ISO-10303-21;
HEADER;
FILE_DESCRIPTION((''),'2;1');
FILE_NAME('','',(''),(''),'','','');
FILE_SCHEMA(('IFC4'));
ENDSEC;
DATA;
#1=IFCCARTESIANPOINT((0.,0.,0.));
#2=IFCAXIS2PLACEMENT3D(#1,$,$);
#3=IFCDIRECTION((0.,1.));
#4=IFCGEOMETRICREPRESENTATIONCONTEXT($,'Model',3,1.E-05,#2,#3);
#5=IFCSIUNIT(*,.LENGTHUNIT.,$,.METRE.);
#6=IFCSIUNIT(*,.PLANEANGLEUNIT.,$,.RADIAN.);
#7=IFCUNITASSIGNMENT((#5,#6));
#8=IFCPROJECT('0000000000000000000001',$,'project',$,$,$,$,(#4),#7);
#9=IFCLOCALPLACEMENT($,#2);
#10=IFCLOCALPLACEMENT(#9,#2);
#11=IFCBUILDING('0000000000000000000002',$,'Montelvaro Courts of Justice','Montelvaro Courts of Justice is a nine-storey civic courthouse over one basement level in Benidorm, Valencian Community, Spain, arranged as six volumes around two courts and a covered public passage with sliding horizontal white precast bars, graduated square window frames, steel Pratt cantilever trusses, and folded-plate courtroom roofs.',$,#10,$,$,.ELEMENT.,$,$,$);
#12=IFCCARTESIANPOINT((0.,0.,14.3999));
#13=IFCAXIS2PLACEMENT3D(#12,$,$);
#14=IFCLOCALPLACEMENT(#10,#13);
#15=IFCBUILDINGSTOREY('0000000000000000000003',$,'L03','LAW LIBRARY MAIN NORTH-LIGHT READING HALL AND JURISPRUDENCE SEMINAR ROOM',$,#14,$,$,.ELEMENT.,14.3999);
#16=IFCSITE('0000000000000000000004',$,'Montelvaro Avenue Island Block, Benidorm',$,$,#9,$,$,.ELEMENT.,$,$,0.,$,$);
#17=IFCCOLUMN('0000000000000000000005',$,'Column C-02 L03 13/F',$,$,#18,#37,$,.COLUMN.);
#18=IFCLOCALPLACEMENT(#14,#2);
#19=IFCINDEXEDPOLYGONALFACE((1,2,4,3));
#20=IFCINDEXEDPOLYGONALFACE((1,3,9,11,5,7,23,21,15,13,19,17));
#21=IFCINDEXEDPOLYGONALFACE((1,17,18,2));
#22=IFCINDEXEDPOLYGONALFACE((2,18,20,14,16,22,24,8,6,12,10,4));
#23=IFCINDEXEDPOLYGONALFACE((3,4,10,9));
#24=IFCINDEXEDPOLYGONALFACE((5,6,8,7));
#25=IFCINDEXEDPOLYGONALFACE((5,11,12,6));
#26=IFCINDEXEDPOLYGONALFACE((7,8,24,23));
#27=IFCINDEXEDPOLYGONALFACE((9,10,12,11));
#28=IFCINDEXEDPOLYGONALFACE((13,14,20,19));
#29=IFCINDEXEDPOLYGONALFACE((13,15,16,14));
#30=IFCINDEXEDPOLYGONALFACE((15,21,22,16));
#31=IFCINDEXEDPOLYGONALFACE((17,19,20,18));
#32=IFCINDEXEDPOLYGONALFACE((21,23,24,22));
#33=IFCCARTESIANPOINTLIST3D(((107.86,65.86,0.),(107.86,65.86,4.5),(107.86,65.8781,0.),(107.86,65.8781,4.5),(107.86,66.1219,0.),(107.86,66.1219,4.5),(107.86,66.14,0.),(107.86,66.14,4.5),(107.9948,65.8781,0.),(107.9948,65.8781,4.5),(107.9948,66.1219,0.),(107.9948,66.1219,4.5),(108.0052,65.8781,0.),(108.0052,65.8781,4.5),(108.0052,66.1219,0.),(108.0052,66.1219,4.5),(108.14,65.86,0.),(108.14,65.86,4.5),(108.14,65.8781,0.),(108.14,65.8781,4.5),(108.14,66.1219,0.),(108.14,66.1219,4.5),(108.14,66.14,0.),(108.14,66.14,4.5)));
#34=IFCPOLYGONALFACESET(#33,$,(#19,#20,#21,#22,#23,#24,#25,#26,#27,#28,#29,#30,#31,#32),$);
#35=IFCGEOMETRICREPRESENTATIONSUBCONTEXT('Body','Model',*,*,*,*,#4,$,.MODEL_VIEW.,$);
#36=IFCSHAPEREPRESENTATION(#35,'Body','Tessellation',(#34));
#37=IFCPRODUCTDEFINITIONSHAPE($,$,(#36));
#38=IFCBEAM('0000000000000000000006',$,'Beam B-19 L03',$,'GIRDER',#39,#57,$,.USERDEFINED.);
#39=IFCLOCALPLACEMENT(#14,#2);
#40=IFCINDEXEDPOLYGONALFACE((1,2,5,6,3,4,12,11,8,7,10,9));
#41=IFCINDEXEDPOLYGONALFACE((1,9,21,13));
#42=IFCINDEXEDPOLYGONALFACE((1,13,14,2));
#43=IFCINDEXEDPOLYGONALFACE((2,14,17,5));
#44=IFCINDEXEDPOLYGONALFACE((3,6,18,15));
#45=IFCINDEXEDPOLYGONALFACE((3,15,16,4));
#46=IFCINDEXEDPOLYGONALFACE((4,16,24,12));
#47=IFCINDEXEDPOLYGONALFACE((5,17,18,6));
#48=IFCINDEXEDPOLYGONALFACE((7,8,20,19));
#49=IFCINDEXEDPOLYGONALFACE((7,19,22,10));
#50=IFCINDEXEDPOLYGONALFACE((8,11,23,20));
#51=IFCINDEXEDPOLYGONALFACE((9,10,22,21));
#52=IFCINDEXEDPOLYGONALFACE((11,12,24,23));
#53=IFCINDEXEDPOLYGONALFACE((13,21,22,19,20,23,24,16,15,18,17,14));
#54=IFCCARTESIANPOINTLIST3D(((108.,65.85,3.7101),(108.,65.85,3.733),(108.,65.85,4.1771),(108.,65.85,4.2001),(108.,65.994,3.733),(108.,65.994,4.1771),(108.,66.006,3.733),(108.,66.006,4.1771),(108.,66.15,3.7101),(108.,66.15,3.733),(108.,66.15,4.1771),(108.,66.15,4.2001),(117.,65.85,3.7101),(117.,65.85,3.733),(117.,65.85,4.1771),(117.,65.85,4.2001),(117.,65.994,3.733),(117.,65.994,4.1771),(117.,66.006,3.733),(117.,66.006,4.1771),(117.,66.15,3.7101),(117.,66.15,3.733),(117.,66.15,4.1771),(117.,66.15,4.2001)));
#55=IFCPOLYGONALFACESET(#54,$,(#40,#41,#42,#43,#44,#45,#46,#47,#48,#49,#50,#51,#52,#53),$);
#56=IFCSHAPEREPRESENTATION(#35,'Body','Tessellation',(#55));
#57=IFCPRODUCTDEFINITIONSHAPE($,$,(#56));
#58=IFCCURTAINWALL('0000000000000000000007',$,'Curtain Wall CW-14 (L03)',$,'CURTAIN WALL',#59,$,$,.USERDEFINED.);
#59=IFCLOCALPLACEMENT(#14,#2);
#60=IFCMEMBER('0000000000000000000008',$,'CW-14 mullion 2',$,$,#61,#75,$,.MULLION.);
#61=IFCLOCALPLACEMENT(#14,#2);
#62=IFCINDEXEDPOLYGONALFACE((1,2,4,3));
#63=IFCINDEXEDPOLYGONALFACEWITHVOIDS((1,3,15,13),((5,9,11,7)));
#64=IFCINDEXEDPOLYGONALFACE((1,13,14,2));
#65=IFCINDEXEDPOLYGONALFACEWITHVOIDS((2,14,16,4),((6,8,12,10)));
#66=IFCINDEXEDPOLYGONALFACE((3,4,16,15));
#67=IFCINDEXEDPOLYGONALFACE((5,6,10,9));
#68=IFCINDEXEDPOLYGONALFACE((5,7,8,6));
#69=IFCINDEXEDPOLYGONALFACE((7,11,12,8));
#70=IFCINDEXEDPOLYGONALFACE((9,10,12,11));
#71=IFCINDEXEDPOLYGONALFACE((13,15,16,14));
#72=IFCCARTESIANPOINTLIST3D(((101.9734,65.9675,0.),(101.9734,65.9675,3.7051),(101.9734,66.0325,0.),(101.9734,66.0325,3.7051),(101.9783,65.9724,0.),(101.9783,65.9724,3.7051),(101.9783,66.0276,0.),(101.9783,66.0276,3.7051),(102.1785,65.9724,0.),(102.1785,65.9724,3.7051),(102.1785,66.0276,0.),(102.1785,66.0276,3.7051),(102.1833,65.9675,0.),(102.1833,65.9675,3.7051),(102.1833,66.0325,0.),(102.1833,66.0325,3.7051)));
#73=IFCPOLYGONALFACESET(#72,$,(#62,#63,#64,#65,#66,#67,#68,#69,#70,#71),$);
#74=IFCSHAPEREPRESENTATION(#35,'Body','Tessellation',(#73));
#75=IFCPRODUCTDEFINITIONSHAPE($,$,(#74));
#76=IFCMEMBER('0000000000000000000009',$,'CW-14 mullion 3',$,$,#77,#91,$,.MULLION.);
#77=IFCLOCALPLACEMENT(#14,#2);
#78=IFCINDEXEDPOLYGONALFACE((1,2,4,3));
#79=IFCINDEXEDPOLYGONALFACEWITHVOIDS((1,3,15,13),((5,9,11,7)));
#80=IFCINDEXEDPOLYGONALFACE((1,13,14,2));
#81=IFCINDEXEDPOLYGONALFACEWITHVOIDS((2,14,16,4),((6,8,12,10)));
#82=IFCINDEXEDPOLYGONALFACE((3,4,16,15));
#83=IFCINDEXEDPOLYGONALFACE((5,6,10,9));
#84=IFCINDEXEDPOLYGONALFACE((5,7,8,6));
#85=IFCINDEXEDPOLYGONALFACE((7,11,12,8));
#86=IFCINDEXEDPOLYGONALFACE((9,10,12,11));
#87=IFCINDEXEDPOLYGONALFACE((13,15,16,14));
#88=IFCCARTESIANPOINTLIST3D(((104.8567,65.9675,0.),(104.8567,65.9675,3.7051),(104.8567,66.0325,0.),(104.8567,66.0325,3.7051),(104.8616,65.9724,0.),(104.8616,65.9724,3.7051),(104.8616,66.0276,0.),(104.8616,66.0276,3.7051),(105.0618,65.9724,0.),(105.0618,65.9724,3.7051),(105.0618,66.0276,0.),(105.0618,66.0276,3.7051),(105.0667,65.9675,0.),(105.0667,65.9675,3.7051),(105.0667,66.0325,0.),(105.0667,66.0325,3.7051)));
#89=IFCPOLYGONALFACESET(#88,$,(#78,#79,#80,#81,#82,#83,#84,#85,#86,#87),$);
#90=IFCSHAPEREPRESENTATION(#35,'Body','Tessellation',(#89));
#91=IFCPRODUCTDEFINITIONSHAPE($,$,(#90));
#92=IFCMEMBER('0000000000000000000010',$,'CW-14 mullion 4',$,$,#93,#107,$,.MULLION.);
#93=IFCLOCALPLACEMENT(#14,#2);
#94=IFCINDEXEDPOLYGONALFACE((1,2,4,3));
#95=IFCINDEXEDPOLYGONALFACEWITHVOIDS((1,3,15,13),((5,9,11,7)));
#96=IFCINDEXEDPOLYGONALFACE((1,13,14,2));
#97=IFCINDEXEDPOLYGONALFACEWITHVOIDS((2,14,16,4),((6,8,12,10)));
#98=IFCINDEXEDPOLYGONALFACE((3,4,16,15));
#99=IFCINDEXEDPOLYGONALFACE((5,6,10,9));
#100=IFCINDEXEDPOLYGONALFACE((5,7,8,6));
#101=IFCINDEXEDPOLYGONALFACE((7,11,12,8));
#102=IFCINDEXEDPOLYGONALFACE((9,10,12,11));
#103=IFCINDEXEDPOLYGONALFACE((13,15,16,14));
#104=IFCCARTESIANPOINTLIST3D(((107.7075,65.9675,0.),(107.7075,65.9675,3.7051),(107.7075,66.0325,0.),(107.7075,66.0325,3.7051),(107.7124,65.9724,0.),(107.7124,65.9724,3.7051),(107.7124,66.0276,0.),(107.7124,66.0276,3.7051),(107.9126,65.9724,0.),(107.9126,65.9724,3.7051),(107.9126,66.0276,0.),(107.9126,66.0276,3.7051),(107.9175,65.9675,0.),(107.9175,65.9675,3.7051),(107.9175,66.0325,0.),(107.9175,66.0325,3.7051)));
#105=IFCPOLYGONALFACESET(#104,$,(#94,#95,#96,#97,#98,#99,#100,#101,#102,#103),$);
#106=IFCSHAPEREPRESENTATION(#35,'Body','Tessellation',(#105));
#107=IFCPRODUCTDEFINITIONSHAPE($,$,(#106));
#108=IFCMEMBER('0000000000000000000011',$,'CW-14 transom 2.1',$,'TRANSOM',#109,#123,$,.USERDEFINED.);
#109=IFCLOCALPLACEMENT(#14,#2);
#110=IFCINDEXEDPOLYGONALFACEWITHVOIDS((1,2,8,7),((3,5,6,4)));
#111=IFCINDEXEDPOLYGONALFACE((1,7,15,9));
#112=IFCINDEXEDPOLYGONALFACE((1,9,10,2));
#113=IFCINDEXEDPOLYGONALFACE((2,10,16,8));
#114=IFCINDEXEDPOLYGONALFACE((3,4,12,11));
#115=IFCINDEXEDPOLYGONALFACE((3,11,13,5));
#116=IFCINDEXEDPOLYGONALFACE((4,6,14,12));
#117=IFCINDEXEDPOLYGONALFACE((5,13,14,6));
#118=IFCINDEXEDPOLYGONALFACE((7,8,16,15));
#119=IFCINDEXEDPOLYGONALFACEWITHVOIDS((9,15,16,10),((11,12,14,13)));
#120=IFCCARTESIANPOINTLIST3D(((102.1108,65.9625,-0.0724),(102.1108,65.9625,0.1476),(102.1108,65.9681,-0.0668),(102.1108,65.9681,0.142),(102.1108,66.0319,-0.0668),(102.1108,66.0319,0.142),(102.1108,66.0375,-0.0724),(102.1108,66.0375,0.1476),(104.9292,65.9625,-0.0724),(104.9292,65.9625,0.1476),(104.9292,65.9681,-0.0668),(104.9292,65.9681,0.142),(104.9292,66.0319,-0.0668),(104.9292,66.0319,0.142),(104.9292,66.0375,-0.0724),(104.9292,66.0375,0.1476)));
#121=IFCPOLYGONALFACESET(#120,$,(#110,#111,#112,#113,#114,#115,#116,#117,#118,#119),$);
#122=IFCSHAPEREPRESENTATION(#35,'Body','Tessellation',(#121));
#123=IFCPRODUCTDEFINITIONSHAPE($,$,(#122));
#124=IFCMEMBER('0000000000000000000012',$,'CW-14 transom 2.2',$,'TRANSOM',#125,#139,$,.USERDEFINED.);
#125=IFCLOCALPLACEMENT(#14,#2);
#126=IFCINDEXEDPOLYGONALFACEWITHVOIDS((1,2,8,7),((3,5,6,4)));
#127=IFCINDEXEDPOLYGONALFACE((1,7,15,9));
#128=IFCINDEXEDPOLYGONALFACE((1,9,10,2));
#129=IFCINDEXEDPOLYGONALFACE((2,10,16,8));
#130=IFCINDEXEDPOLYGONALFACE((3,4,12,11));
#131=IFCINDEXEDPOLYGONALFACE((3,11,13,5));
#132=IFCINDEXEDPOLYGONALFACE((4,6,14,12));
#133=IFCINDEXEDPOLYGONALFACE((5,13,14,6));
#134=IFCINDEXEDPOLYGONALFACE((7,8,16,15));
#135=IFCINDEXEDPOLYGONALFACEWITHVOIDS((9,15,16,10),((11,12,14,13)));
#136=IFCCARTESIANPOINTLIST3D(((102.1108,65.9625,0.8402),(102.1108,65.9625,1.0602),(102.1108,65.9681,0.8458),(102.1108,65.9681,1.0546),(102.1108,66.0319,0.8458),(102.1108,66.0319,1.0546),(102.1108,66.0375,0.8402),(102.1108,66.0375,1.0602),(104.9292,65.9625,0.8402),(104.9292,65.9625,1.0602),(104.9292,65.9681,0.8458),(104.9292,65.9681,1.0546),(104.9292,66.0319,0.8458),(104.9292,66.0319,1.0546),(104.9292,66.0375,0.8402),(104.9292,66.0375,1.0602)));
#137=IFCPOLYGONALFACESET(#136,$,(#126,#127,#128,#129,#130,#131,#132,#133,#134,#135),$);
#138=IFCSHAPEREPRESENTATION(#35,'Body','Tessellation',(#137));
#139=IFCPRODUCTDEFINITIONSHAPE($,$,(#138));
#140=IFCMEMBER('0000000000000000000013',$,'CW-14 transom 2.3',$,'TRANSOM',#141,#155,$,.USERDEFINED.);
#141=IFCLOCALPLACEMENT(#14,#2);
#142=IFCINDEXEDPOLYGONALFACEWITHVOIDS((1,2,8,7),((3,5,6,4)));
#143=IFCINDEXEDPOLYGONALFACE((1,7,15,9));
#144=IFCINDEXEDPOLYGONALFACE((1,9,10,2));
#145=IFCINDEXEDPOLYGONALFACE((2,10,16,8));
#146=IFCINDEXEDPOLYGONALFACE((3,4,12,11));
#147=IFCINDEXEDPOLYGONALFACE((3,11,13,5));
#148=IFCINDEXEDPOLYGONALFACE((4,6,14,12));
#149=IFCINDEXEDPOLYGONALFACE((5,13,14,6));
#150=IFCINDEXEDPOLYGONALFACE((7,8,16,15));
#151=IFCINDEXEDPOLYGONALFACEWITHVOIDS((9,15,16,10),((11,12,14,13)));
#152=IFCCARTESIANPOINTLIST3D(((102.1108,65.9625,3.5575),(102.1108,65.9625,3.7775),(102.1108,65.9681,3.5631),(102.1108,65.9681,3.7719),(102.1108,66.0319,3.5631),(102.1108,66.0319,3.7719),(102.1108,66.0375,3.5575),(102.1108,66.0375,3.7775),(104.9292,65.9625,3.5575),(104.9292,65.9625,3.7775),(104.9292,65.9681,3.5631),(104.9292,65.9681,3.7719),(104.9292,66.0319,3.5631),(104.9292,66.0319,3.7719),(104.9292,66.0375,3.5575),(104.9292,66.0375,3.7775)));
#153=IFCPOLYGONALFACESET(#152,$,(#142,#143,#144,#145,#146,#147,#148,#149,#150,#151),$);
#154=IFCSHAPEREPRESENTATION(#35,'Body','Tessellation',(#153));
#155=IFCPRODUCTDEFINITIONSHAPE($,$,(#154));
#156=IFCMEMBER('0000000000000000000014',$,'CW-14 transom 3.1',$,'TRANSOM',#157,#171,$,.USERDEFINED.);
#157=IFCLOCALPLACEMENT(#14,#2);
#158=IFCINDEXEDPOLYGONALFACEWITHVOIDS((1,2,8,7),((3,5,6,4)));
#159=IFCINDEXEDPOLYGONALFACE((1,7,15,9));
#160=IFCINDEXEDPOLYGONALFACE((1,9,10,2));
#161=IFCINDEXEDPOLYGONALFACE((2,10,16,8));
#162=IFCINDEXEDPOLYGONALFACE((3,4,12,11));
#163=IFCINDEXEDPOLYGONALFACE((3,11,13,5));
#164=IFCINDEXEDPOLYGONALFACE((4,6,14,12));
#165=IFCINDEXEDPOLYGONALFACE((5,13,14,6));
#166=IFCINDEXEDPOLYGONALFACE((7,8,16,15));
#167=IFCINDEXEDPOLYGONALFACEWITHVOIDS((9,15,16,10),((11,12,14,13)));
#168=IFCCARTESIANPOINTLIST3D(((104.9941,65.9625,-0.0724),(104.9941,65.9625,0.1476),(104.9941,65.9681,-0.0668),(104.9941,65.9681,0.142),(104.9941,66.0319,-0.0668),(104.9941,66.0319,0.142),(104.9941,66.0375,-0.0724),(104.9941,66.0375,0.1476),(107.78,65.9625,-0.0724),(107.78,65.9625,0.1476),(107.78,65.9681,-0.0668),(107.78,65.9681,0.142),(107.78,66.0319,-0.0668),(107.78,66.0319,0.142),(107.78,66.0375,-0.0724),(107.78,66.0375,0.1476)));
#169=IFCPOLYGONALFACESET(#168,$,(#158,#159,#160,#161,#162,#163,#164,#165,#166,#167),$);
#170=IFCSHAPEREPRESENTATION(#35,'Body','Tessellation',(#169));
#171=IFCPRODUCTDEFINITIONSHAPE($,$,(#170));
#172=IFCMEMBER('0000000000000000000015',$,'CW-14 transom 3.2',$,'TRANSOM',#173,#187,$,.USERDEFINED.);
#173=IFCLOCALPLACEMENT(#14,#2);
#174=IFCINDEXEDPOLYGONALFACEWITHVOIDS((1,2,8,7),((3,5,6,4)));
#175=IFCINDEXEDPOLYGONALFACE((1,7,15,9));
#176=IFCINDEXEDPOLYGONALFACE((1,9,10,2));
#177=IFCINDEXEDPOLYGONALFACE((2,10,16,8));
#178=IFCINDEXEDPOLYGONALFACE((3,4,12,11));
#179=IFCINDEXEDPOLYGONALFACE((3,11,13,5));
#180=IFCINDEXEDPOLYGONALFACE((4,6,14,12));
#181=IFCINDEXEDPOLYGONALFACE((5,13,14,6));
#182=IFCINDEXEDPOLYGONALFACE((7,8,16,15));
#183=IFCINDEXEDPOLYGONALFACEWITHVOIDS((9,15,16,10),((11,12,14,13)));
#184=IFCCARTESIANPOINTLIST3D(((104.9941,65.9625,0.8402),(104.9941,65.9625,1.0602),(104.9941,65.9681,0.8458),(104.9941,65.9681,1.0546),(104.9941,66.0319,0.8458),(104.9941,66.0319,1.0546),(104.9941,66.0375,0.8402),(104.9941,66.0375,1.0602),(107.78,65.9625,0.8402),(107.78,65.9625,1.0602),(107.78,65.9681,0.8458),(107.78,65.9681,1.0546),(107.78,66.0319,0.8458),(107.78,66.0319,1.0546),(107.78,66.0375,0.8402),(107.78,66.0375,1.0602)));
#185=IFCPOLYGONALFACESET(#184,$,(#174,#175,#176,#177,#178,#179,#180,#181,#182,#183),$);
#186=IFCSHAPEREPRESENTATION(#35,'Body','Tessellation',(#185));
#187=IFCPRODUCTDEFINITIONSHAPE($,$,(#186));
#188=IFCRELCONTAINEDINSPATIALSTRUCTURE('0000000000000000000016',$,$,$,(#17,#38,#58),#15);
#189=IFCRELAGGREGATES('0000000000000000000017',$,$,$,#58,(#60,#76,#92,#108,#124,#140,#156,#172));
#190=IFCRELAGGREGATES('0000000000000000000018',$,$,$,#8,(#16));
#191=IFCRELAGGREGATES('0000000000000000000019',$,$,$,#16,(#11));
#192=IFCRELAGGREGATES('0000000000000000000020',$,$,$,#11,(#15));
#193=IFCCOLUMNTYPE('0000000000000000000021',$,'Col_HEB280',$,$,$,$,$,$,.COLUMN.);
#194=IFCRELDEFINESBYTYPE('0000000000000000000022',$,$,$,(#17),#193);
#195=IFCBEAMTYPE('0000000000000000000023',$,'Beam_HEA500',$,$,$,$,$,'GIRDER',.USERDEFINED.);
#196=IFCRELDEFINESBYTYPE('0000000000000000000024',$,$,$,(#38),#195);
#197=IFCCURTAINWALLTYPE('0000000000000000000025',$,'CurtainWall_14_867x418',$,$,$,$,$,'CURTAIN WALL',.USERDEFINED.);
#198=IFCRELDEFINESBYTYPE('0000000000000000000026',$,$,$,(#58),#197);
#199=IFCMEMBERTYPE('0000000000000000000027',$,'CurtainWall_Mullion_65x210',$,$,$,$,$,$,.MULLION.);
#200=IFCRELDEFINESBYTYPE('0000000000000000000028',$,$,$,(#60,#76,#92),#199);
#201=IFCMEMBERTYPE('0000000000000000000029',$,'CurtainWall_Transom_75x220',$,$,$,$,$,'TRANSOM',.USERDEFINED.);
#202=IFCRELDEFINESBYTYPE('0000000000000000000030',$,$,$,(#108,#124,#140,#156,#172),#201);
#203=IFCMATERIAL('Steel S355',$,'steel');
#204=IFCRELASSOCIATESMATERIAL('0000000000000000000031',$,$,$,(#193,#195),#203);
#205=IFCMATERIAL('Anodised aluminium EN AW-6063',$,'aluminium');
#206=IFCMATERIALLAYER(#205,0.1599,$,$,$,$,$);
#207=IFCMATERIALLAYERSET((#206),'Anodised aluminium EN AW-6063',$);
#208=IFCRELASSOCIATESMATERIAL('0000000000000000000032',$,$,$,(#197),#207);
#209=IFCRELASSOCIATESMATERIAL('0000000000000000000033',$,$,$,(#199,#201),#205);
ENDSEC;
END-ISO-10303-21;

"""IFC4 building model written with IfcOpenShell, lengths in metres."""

from ifc_helpers import new_model, si_unit, direction, frame, origin, origin_2d, place, context, subcontext, project, spatial, hollow_rectangle, i_section, extrude, material, layer, layer_set, material_profile, profile_set, type_object, element, aggregate, save


model = new_model("IFC4")

# Units and contexts
model_context = context("Model", 3, precision=1e-05, world=origin(), true_north=direction((0.0, 1.0)))
body_context = subcontext(model_context, "Body", "Model", "MODEL_VIEW")
ifc_project = project(units=[si_unit("LENGTHUNIT", "METRE"), si_unit("PLANEANGLEUNIT", "RADIAN")], contexts=[model_context])

# Site, building, storey
site_placement = place(None, origin())
site = spatial("IfcSite", under=ifc_project, at=site_placement, Name="Montelvaro Avenue Island Block, Benidorm", CompositionType="ELEMENT", RefElevation=0.0)
building_placement = place(site_placement, origin())
building = spatial("IfcBuilding", under=site, at=building_placement, Name="Montelvaro Courts of Justice", Description="Montelvaro Courts of Justice is a nine-storey civic courthouse over one basement level in Benidorm, Valencian Community, Spain, arranged as six volumes around two courts and a covered public passage with sliding horizontal white precast bars, graduated square window frames, steel Pratt cantilever trusses, and folded-plate courtroom roofs.", CompositionType="ELEMENT")
storey_placement = place(building_placement, frame((0.0, 0.0, 14.3999)))
storey = spatial("IfcBuildingStorey", under=building, at=storey_placement, Name="L03", Description="LAW LIBRARY MAIN NORTH-LIGHT READING HALL AND JURISPRUDENCE SEMINAR ROOM", CompositionType="ELEMENT", Elevation=14.3999)

# Column
ifc_material_1 = material(Name="Steel S355", Category="steel")
ifc_material_profile_1 = material_profile(ifc_material_1, i_section(OverallWidth=0.28, OverallDepth=0.28, WebThickness=0.0105, FlangeThickness=0.0181, at=origin_2d()), Name="HEB 280")
ifc_profile_set_1 = profile_set([ifc_material_profile_1], Name="Steel S355")
column_type = type_object("IfcColumnType", Name="Col_HEB280", PredefinedType="COLUMN", material=ifc_profile_set_1)
column_placement = place(storey_placement, frame((108.0, 66.0, 0.0), z_axis=(0.0, 0.0, 1.0), x_axis=(1.0, 0.0, 0.0)))
element("IfcColumn", 1, at=column_placement, inside=storey, type_object=column_type, Name="Column C-02 L03 13/F", PredefinedType="COLUMN", context=body_context, shape_type="SweptSolid", body=[
    extrude(i_section(OverallWidth=0.28, OverallDepth=0.28, WebThickness=0.0105, FlangeThickness=0.0181, at=origin_2d()), origin(), (0.0, 0.0, 1.0), 4.5),
])

# Beam
ifc_material_profile_2 = material_profile(ifc_material_1, i_section(OverallWidth=0.3, OverallDepth=0.49, WebThickness=0.012, FlangeThickness=0.0229, at=origin_2d()), Name="HEA 500")
ifc_profile_set_2 = profile_set([ifc_material_profile_2], Name="Steel S355")
beam_type = type_object("IfcBeamType", Name="Beam_HEA500", ElementType="GIRDER", PredefinedType="USERDEFINED", material=ifc_profile_set_2)
beam_placement = place(storey_placement, frame((108.0, 66.0, 3.9551), z_axis=(1.0, 0.0, 0.0), x_axis=(0.0, 1.0, 0.0)))
element("IfcBeam", 2, at=beam_placement, inside=storey, type_object=beam_type, Name="Beam B-19 L03", ObjectType="GIRDER", PredefinedType="USERDEFINED", context=body_context, shape_type="SweptSolid", body=[
    extrude(i_section(OverallWidth=0.3, OverallDepth=0.49, WebThickness=0.012, FlangeThickness=0.0229, at=origin_2d()), origin(), (0.0, 0.0, 1.0), 9.0),
])

# Curtain wall, members
ifc_material_2 = material(Name="Anodised aluminium EN AW-6063", Category="aluminium")
ifc_layer_1 = layer(ifc_material_2, 0.1599)
ifc_layer_set_1 = layer_set([ifc_layer_1], Name="Anodised aluminium EN AW-6063")
curtain_wall_type = type_object("IfcCurtainWallType", Name="CurtainWall_14_867x418", ElementType="CURTAIN WALL", PredefinedType="USERDEFINED", material=ifc_layer_set_1)
curtain_wall_placement = place(storey_placement, origin())
curtain_wall = element("IfcCurtainWall", 3, at=curtain_wall_placement, inside=storey, type_object=curtain_wall_type, Name="Curtain Wall CW-14 (L03)", ObjectType="CURTAIN WALL", PredefinedType="USERDEFINED")
ifc_material_profile_3 = material_profile(ifc_material_2, hollow_rectangle(XDim=0.0649, YDim=0.21, WallThickness=0.0049, at=origin_2d()), Name="ALU-M 65x210")
ifc_profile_set_3 = profile_set([ifc_material_profile_3], Name="Anodised aluminium EN AW-6063")
member_type_1 = type_object("IfcMemberType", Name="CurtainWall_Mullion_65x210", PredefinedType="MULLION", material=ifc_profile_set_3)
member_1_placement = place(storey_placement, frame((102.0784, 66.0, 0.0), z_axis=(0.0, 0.0, 1.0), x_axis=(0.0, 1.0, 0.0)))
member_1 = element("IfcMember", 4, at=member_1_placement, type_object=member_type_1, Name="CW-14 mullion 2", PredefinedType="MULLION", context=body_context, shape_type="SweptSolid", body=[
    extrude(hollow_rectangle(XDim=0.0649, YDim=0.21, WallThickness=0.0049, at=origin_2d()), origin(), (0.0, 0.0, 1.0), 3.7051),
])
member_2_placement = place(storey_placement, frame((104.9617, 66.0, 0.0), z_axis=(0.0, 0.0, 1.0), x_axis=(0.0, 1.0, 0.0)))
member_2 = element("IfcMember", 5, at=member_2_placement, type_object=member_type_1, Name="CW-14 mullion 3", PredefinedType="MULLION", context=body_context, shape_type="SweptSolid", body=[
    extrude(hollow_rectangle(XDim=0.0649, YDim=0.21, WallThickness=0.0049, at=origin_2d()), origin(), (0.0, 0.0, 1.0), 3.7051),
])
member_3_placement = place(storey_placement, frame((107.8125, 66.0, 0.0), z_axis=(0.0, 0.0, 1.0), x_axis=(0.0, 1.0, 0.0)))
member_3 = element("IfcMember", 6, at=member_3_placement, type_object=member_type_1, Name="CW-14 mullion 4", PredefinedType="MULLION", context=body_context, shape_type="SweptSolid", body=[
    extrude(hollow_rectangle(XDim=0.0649, YDim=0.21, WallThickness=0.0049, at=origin_2d()), origin(), (0.0, 0.0, 1.0), 3.7051),
])
ifc_material_profile_4 = material_profile(ifc_material_2, hollow_rectangle(XDim=0.075, YDim=0.22, WallThickness=0.0056, at=origin_2d()), Name="ALU-T 75x220")
ifc_profile_set_4 = profile_set([ifc_material_profile_4], Name="Anodised aluminium EN AW-6063")
member_type_2 = type_object("IfcMemberType", Name="CurtainWall_Transom_75x220", ElementType="TRANSOM", PredefinedType="USERDEFINED", material=ifc_profile_set_4)
member_4_placement = place(storey_placement, frame((102.1108, 66.0, 0.0376), z_axis=(1.0, 0.0, 0.0), x_axis=(0.0, 1.0, 0.0)))
member_4 = element("IfcMember", 7, at=member_4_placement, type_object=member_type_2, Name="CW-14 transom 2.1", ObjectType="TRANSOM", PredefinedType="USERDEFINED", context=body_context, shape_type="SweptSolid", body=[
    extrude(hollow_rectangle(XDim=0.075, YDim=0.22, WallThickness=0.0056, at=origin_2d()), origin(), (0.0, 0.0, 1.0), 2.8184),
])
member_5_placement = place(storey_placement, frame((102.1108, 66.0, 0.9502), z_axis=(1.0, 0.0, 0.0), x_axis=(0.0, 1.0, 0.0)))
member_5 = element("IfcMember", 8, at=member_5_placement, type_object=member_type_2, Name="CW-14 transom 2.2", ObjectType="TRANSOM", PredefinedType="USERDEFINED", context=body_context, shape_type="SweptSolid", body=[
    extrude(hollow_rectangle(XDim=0.075, YDim=0.22, WallThickness=0.0056, at=origin_2d()), origin(), (0.0, 0.0, 1.0), 2.8184),
])
member_6_placement = place(storey_placement, frame((102.1108, 66.0, 3.6675), z_axis=(1.0, 0.0, 0.0), x_axis=(0.0, 1.0, 0.0)))
member_6 = element("IfcMember", 9, at=member_6_placement, type_object=member_type_2, Name="CW-14 transom 2.3", ObjectType="TRANSOM", PredefinedType="USERDEFINED", context=body_context, shape_type="SweptSolid", body=[
    extrude(hollow_rectangle(XDim=0.075, YDim=0.22, WallThickness=0.0056, at=origin_2d()), origin(), (0.0, 0.0, 1.0), 2.8184),
])
member_7_placement = place(storey_placement, frame((104.9941, 66.0, 0.0376), z_axis=(1.0, 0.0, 0.0), x_axis=(0.0, 1.0, 0.0)))
member_7 = element("IfcMember", 10, at=member_7_placement, type_object=member_type_2, Name="CW-14 transom 3.1", ObjectType="TRANSOM", PredefinedType="USERDEFINED", context=body_context, shape_type="SweptSolid", body=[
    extrude(hollow_rectangle(XDim=0.075, YDim=0.22, WallThickness=0.0056, at=origin_2d()), origin(), (0.0, 0.0, 1.0), 2.7859),
])
member_8_placement = place(storey_placement, frame((104.9941, 66.0, 0.9502), z_axis=(1.0, 0.0, 0.0), x_axis=(0.0, 1.0, 0.0)))
member_8 = element("IfcMember", 11, at=member_8_placement, type_object=member_type_2, Name="CW-14 transom 3.2", ObjectType="TRANSOM", PredefinedType="USERDEFINED", context=body_context, shape_type="SweptSolid", body=[
    extrude(hollow_rectangle(XDim=0.075, YDim=0.22, WallThickness=0.0056, at=origin_2d()), origin(), (0.0, 0.0, 1.0), 2.7859),
])
aggregate(curtain_wall, [member_1, member_2, member_3, member_4, member_5, member_6, member_7, member_8])

save(model, "model.ifc")
